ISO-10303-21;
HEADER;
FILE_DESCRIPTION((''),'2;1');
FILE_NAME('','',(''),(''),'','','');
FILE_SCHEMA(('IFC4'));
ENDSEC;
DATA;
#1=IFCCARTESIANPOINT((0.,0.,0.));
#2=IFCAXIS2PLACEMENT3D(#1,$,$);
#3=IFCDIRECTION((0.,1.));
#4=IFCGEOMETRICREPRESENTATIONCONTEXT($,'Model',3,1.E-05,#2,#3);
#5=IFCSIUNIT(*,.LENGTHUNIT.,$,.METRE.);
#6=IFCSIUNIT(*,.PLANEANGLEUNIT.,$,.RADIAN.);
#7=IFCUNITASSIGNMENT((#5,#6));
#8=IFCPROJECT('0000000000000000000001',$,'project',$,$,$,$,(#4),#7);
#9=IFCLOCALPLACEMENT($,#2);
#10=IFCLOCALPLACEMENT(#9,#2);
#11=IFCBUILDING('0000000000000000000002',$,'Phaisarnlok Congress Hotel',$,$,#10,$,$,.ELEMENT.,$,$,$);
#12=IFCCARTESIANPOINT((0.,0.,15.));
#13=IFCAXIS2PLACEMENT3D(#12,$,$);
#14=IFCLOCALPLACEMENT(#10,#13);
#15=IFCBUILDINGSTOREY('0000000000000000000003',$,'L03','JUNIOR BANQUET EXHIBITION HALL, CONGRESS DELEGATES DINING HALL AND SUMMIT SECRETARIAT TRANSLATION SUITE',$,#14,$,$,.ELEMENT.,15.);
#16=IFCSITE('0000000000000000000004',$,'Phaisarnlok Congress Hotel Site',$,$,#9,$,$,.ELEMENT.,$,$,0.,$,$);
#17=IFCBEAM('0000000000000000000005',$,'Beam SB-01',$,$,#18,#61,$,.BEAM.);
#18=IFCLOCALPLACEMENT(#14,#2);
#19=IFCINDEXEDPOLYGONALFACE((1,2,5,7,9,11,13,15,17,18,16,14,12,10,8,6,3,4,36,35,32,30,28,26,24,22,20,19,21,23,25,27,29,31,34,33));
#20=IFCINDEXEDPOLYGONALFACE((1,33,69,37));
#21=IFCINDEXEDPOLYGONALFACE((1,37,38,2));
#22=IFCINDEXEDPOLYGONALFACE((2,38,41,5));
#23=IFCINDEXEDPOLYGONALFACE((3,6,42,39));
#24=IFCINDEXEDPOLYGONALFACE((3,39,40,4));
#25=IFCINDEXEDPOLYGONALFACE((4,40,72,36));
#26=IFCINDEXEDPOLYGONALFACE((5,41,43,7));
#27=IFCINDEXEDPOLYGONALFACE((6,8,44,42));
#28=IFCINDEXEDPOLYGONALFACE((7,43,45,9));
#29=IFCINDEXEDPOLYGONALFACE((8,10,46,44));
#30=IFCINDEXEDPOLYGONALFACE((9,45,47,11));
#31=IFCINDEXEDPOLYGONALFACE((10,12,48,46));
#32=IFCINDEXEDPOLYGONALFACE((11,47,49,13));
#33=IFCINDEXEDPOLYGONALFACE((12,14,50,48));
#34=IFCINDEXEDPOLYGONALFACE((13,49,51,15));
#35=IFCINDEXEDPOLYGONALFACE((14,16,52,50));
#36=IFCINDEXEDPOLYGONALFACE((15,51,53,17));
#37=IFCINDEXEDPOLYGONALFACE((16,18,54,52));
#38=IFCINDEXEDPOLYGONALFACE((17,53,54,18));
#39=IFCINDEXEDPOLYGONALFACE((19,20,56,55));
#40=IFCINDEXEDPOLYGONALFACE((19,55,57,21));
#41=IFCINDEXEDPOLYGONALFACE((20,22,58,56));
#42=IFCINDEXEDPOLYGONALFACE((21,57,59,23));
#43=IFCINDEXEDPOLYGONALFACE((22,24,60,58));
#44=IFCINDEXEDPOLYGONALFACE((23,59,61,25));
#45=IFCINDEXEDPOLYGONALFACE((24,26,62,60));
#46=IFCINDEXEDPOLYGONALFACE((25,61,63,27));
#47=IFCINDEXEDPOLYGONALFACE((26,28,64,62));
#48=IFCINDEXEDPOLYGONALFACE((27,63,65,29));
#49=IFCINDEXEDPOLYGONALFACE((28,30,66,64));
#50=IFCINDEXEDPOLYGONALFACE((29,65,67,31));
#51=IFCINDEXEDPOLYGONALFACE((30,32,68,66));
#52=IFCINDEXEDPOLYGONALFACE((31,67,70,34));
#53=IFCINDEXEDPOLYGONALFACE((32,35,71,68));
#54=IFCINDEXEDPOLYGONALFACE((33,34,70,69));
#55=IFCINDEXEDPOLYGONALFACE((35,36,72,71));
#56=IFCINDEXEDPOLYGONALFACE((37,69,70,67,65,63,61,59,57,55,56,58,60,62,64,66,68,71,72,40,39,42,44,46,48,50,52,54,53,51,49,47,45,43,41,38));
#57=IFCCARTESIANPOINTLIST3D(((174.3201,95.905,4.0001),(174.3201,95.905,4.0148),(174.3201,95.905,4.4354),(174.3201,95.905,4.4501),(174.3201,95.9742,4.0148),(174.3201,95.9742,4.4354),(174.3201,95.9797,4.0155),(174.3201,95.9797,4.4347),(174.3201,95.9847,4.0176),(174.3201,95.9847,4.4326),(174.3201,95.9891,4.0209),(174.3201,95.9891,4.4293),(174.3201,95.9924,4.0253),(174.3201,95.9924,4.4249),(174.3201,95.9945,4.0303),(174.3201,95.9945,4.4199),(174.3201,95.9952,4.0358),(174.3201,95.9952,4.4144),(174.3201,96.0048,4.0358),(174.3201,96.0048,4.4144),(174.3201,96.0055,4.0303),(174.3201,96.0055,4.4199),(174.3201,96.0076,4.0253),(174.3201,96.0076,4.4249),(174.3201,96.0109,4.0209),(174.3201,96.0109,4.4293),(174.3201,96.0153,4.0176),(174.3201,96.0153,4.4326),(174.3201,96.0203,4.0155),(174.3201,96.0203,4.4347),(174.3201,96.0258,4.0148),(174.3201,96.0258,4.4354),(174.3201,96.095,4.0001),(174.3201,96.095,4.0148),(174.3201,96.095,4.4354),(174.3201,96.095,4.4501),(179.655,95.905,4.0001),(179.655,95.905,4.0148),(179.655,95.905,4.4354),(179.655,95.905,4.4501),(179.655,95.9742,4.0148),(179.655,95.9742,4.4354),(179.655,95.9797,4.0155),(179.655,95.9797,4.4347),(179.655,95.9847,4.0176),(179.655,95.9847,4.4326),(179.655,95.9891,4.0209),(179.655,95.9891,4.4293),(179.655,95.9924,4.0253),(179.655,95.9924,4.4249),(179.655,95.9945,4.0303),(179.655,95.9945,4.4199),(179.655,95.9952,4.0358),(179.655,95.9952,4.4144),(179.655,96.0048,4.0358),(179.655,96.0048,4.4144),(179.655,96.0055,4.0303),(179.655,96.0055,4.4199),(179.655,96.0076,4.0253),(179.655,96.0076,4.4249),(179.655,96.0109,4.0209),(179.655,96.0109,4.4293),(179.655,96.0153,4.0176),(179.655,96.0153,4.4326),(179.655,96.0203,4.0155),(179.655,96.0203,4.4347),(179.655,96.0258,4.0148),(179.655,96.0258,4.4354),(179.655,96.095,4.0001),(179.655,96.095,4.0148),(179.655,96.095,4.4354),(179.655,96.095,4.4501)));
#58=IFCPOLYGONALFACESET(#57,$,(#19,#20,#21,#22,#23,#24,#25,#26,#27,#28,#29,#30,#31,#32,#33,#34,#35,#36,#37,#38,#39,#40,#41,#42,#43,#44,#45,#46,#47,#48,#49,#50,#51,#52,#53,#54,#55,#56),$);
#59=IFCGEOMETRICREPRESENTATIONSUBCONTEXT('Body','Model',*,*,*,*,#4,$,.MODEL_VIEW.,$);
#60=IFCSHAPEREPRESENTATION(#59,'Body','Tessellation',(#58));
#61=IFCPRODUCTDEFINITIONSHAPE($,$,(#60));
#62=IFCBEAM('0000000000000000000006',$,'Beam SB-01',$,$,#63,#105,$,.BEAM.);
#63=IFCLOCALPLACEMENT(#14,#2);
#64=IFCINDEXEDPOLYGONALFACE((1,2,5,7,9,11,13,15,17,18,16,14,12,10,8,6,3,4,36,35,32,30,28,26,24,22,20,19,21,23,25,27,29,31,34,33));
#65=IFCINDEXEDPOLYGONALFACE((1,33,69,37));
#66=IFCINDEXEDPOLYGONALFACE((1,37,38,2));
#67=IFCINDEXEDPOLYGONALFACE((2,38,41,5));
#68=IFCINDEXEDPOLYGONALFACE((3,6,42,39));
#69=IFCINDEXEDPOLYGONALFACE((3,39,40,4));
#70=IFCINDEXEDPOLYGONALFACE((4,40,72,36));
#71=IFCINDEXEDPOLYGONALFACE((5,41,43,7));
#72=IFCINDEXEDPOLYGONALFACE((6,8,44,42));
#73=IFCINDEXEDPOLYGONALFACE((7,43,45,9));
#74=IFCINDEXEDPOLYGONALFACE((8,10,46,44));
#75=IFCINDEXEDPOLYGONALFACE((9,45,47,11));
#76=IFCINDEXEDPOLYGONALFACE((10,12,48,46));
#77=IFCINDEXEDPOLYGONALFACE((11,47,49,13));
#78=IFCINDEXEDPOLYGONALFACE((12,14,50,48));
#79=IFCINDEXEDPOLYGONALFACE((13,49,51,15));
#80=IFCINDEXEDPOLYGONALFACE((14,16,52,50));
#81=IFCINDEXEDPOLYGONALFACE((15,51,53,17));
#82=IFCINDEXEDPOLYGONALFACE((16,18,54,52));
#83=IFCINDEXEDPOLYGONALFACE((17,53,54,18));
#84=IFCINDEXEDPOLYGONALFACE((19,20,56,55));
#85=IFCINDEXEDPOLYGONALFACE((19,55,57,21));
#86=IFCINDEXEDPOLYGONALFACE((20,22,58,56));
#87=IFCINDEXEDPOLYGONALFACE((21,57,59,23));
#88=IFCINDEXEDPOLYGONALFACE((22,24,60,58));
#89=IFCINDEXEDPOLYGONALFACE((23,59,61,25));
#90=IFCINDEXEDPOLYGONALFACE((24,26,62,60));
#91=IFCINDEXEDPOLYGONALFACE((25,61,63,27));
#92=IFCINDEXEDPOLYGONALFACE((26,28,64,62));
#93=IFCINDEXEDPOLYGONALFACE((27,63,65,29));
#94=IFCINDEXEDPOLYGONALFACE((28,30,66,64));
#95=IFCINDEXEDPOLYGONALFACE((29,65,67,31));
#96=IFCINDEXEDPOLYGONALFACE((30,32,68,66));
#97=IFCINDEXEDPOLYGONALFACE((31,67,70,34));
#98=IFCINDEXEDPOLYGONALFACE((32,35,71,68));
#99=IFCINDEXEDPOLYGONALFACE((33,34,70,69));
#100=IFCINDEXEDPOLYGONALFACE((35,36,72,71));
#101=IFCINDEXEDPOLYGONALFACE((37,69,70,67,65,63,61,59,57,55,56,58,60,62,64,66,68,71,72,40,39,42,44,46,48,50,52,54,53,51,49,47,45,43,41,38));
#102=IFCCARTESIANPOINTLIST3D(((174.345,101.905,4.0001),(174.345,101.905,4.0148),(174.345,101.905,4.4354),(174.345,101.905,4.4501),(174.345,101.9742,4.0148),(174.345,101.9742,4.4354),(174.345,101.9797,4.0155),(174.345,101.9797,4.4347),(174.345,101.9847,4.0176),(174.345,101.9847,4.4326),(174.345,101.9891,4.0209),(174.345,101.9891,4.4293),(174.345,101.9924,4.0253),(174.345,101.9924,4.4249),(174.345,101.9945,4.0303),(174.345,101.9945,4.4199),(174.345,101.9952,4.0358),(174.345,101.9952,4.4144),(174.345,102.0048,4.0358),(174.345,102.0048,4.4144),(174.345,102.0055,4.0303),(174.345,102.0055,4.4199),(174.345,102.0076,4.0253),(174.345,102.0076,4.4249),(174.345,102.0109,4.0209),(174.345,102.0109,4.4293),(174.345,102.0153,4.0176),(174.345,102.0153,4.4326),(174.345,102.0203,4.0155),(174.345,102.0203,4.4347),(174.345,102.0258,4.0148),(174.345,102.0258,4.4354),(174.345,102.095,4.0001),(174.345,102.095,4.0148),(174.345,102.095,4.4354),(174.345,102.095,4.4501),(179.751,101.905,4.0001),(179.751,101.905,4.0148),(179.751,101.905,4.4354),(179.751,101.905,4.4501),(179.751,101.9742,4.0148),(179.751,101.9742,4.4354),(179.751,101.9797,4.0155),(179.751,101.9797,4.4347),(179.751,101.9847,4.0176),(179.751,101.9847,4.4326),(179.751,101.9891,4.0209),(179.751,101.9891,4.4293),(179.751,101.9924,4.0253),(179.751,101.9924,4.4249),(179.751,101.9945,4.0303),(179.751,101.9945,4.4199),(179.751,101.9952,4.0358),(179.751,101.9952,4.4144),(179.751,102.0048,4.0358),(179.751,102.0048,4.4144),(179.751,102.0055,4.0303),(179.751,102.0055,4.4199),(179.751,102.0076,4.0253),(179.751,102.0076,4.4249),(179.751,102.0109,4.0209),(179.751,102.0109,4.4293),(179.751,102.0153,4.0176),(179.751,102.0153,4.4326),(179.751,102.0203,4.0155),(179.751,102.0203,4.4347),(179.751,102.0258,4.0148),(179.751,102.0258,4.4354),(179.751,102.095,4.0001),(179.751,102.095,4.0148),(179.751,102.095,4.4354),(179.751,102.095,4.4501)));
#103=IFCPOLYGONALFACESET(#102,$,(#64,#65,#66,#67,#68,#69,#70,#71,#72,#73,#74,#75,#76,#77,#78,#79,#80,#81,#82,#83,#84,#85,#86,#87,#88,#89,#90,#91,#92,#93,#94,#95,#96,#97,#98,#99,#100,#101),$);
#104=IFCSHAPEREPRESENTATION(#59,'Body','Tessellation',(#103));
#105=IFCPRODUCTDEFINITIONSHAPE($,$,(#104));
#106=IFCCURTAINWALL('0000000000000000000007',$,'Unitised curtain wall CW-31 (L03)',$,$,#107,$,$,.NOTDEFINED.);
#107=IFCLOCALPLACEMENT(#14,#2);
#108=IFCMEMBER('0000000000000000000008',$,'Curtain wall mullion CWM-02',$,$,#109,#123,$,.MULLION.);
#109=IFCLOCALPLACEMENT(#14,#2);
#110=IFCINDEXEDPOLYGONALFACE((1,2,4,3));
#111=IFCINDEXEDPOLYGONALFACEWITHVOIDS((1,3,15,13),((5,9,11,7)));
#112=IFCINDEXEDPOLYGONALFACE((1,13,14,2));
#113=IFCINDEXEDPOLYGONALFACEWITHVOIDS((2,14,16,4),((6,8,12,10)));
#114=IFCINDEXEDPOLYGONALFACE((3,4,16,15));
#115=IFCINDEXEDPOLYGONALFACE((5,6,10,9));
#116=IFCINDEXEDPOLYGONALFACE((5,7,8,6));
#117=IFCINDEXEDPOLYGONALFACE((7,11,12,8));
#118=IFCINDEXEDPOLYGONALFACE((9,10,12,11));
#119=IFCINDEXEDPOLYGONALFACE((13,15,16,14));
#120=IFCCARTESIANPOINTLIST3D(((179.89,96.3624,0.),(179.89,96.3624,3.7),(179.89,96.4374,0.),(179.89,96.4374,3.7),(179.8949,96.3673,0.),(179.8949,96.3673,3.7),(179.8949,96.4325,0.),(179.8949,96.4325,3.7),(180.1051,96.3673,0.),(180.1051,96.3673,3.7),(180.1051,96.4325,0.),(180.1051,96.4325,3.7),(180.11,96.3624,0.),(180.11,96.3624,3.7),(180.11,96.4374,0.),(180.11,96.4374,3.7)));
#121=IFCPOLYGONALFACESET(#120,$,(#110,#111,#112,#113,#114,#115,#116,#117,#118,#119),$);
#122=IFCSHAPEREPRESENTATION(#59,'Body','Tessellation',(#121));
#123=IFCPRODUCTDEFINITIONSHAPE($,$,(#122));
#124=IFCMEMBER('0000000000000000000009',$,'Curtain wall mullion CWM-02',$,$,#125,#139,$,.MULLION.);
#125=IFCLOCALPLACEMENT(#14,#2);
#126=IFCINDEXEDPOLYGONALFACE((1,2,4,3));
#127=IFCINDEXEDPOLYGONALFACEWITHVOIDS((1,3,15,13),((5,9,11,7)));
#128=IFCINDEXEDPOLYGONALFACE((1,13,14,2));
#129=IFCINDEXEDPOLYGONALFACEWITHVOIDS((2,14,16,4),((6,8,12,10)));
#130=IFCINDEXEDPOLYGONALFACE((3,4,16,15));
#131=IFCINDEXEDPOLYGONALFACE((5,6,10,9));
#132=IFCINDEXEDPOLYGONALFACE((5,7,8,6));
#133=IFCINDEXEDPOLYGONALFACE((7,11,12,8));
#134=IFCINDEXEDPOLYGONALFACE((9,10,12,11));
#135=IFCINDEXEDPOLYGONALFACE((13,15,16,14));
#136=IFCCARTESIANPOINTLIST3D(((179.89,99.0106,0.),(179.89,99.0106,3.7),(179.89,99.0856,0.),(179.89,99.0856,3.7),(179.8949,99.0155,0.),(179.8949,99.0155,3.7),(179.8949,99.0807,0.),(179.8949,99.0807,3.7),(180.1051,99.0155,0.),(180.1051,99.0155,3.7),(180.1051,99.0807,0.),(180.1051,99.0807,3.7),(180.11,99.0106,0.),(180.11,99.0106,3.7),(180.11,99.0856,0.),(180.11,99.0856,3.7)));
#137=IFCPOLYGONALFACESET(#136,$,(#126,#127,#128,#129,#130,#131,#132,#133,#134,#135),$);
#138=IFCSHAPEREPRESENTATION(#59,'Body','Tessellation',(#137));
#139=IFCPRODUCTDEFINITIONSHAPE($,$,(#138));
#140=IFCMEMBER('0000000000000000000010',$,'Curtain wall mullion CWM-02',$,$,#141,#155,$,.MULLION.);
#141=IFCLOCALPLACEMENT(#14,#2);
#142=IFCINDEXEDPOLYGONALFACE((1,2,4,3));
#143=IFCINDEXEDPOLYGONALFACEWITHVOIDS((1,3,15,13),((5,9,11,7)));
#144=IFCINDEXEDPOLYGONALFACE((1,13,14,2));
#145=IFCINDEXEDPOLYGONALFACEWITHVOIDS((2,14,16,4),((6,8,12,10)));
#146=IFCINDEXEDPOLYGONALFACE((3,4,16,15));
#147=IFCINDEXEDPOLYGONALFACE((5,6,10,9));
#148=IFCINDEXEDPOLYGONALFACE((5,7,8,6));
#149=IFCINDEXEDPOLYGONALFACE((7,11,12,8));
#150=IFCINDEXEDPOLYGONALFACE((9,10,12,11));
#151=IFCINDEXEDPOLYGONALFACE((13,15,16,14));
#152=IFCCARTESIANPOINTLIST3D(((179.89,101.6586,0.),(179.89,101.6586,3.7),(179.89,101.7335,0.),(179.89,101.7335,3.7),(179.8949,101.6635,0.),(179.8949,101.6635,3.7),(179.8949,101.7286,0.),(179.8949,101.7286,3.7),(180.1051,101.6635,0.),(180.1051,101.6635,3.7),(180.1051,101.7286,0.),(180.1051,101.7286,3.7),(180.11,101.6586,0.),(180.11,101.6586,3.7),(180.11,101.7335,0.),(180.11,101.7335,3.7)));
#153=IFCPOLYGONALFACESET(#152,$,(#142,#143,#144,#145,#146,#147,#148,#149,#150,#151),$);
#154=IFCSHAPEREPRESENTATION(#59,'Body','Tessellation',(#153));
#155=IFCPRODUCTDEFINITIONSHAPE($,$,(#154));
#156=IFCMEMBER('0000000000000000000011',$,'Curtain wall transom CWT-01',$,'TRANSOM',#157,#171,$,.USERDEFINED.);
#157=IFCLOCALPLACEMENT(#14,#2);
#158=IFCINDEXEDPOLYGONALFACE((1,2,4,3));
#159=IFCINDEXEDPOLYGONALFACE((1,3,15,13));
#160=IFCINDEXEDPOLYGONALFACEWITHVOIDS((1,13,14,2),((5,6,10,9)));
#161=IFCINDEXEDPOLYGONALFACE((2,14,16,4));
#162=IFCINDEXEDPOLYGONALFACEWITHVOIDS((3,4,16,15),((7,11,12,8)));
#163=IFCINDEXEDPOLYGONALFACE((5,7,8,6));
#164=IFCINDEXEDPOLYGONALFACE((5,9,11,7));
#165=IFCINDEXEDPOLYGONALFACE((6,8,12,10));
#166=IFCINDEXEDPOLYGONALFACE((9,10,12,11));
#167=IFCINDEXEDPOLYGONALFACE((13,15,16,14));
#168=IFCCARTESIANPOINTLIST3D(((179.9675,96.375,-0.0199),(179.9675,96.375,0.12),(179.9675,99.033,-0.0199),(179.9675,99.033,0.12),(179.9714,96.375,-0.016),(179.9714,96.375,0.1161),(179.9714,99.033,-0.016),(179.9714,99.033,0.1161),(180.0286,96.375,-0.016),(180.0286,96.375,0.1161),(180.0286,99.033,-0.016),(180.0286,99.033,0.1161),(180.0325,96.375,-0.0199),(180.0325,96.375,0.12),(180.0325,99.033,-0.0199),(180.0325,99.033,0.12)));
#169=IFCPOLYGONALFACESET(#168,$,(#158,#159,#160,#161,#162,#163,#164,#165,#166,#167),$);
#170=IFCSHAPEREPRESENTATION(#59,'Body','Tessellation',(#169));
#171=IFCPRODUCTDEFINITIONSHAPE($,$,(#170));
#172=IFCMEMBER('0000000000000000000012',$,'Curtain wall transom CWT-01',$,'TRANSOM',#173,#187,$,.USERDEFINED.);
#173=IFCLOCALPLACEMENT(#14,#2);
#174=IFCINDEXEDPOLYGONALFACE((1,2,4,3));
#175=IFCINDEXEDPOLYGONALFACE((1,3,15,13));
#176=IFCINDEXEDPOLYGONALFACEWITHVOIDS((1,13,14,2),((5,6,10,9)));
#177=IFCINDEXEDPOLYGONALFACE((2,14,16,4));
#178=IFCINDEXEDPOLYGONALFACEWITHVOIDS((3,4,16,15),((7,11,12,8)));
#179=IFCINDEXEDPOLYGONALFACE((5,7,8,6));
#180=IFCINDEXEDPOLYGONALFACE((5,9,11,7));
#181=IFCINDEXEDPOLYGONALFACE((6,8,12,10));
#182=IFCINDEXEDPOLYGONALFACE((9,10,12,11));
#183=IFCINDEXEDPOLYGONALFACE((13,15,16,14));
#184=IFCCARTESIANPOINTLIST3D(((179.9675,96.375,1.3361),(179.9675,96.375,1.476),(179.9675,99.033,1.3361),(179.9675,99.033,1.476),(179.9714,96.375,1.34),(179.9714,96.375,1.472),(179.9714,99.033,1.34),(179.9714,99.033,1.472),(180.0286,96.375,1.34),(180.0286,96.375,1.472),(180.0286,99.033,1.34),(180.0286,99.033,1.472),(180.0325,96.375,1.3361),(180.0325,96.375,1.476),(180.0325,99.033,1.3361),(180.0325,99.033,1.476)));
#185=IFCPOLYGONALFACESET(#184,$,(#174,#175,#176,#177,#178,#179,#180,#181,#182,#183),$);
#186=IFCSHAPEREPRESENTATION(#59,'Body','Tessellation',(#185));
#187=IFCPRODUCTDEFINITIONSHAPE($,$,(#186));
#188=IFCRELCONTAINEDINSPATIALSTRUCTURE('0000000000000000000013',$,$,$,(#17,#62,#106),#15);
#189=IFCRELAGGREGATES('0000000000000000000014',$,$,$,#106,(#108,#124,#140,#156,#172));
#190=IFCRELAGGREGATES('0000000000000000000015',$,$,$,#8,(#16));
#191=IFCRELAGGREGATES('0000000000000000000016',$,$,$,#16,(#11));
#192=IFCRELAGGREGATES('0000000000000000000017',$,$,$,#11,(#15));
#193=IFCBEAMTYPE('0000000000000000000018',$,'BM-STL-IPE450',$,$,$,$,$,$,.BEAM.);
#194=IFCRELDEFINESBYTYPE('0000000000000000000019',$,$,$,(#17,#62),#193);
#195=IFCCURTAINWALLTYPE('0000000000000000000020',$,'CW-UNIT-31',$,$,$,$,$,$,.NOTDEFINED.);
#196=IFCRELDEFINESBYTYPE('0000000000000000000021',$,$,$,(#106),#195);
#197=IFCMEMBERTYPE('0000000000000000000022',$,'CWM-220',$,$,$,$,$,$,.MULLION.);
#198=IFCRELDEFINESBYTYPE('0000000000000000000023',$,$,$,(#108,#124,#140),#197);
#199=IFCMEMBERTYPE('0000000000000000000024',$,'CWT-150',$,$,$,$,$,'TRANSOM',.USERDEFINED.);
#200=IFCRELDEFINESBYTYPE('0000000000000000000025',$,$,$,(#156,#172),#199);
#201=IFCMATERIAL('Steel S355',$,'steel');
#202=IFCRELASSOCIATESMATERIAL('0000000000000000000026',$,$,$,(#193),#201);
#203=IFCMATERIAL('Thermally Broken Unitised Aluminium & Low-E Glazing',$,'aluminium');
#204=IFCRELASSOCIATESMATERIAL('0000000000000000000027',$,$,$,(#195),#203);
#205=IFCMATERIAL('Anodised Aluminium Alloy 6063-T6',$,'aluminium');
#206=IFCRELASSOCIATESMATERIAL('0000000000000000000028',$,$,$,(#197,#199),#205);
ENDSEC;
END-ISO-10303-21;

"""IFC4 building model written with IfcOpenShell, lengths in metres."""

from ifc_helpers import new_model, si_unit, direction, frame, origin, origin_2d, place, context, subcontext, project, spatial, hollow_rectangle, i_section, extrude, material, material_profile, profile_set, type_object, element, aggregate, save


model = new_model("IFC4")

# Units and contexts
model_context = context("Model", 3, precision=1e-05, world=origin(), true_north=direction((0.0, 1.0)))
body_context = subcontext(model_context, "Body", "Model", "MODEL_VIEW")
ifc_project = project(units=[si_unit("LENGTHUNIT", "METRE"), si_unit("PLANEANGLEUNIT", "RADIAN")], contexts=[model_context])

# Site, building, storey
site_placement = place(None, origin())
site = spatial("IfcSite", under=ifc_project, at=site_placement, Name="Phaisarnlok Congress Hotel Site", CompositionType="ELEMENT", RefElevation=0.0)
building_placement = place(site_placement, origin())
building = spatial("IfcBuilding", under=site, at=building_placement, Name="Phaisarnlok Congress Hotel", CompositionType="ELEMENT")
storey_placement = place(building_placement, frame((0.0, 0.0, 15.0)))
storey = spatial("IfcBuildingStorey", under=building, at=storey_placement, Name="L03", Description="JUNIOR BANQUET EXHIBITION HALL, CONGRESS DELEGATES DINING HALL AND SUMMIT SECRETARIAT TRANSLATION SUITE", CompositionType="ELEMENT", Elevation=15.0)

# Beams
ifc_material_1 = material(Name="Steel S355", Category="steel")
ifc_material_profile_1 = material_profile(ifc_material_1, i_section(OverallWidth=0.1899, OverallDepth=0.45, WebThickness=0.0095, FlangeThickness=0.0146, FilletRadius=0.021, at=origin_2d()), Name="IPE 450")
ifc_profile_set_1 = profile_set([ifc_material_profile_1], Name="Steel S355")
beam_type_1 = type_object("IfcBeamType", Name="BM-STL-IPE450", PredefinedType="BEAM", material=ifc_profile_set_1)
beam_1_placement = place(storey_placement, frame((174.3201, 96.0, 4.2251), z_axis=(1.0, 0.0, 0.0), x_axis=(0.0, 1.0, 0.0)))
element("IfcBeam", 1, at=beam_1_placement, inside=storey, type_object=beam_type_1, Name="Beam SB-01", PredefinedType="BEAM", context=body_context, shape_type="SweptSolid", body=[
    extrude(i_section(OverallWidth=0.1899, OverallDepth=0.45, WebThickness=0.0095, FlangeThickness=0.0146, FilletRadius=0.021, at=origin_2d()), origin(), (0.0, 0.0, 1.0), 5.335),
])
beam_2_placement = place(storey_placement, frame((174.345, 102.0, 4.2251), z_axis=(1.0, 0.0, 0.0), x_axis=(0.0, 1.0, 0.0)))
element("IfcBeam", 2, at=beam_2_placement, inside=storey, type_object=beam_type_1, Name="Beam SB-01", PredefinedType="BEAM", context=body_context, shape_type="SweptSolid", body=[
    extrude(i_section(OverallWidth=0.1899, OverallDepth=0.45, WebThickness=0.0095, FlangeThickness=0.0146, FilletRadius=0.021, at=origin_2d()), origin(), (0.0, 0.0, 1.0), 5.406),
])

# Curtain wall, members
ifc_material_2 = material(Name="Thermally Broken Unitised Aluminium & Low-E Glazing", Category="aluminium")
curtain_wall_type = type_object("IfcCurtainWallType", Name="CW-UNIT-31", PredefinedType="NOTDEFINED", material=ifc_material_2)
curtain_wall_placement = place(storey_placement, origin())
curtain_wall = element("IfcCurtainWall", 3, at=curtain_wall_placement, inside=storey, type_object=curtain_wall_type, Name="Unitised curtain wall CW-31 (L03)", PredefinedType="NOTDEFINED")
ifc_material_3 = material(Name="Anodised Aluminium Alloy 6063-T6", Category="aluminium")
ifc_material_profile_2 = material_profile(ifc_material_3, hollow_rectangle(XDim=0.075, YDim=0.22, WallThickness=0.0049, at=origin_2d()), Name="ALU-M 75x220x5")
ifc_profile_set_2 = profile_set([ifc_material_profile_2], Name="Anodised Aluminium Alloy 6063-T6")
member_type_1 = type_object("IfcMemberType", Name="CWM-220", PredefinedType="MULLION", material=ifc_profile_set_2)
member_1_placement = place(storey_placement, frame((180.0, 96.3999, 0.0), z_axis=(0.0, 0.0, 1.0), x_axis=(0.0, 1.0, 0.0)))
member_1 = element("IfcMember", 4, at=member_1_placement, type_object=member_type_1, Name="Curtain wall mullion CWM-02", PredefinedType="MULLION", context=body_context, shape_type="SweptSolid", body=[
    extrude(hollow_rectangle(XDim=0.075, YDim=0.22, WallThickness=0.0049, at=origin_2d()), origin(), (0.0, 0.0, 1.0), 3.7),
])
member_2_placement = place(storey_placement, frame((180.0, 99.0481, 0.0), z_axis=(0.0, 0.0, 1.0), x_axis=(0.0, 1.0, 0.0)))
member_2 = element("IfcMember", 5, at=member_2_placement, type_object=member_type_1, Name="Curtain wall mullion CWM-02", PredefinedType="MULLION", context=body_context, shape_type="SweptSolid", body=[
    extrude(hollow_rectangle(XDim=0.075, YDim=0.22, WallThickness=0.0049, at=origin_2d()), origin(), (0.0, 0.0, 1.0), 3.7),
])
member_3_placement = place(storey_placement, frame((180.0, 101.696, 0.0), z_axis=(0.0, 0.0, 1.0), x_axis=(0.0, 1.0, 0.0)))
member_3 = element("IfcMember", 6, at=member_3_placement, type_object=member_type_1, Name="Curtain wall mullion CWM-02", PredefinedType="MULLION", context=body_context, shape_type="SweptSolid", body=[
    extrude(hollow_rectangle(XDim=0.075, YDim=0.22, WallThickness=0.0049, at=origin_2d()), origin(), (0.0, 0.0, 1.0), 3.7),
])
ifc_material_profile_3 = material_profile(ifc_material_3, hollow_rectangle(XDim=0.0649, YDim=0.1399, WallThickness=0.0039, at=origin_2d()), Name="ALU-T 65x140x4")
ifc_profile_set_3 = profile_set([ifc_material_profile_3], Name="Anodised Aluminium Alloy 6063-T6")
member_type_2 = type_object("IfcMemberType", Name="CWT-150", ElementType="TRANSOM", PredefinedType="USERDEFINED", material=ifc_profile_set_3)
member_4_placement = place(storey_placement, frame((180.0, 96.375, 0.05), z_axis=(0.0, 1.0, 0.0), x_axis=(-1.0, 0.0, 0.0)))
member_4 = element("IfcMember", 7, at=member_4_placement, type_object=member_type_2, Name="Curtain wall transom CWT-01", ObjectType="TRANSOM", PredefinedType="USERDEFINED", context=body_context, shape_type="SweptSolid", body=[
    extrude(hollow_rectangle(XDim=0.0649, YDim=0.1399, WallThickness=0.0039, at=origin_2d()), origin(), (0.0, 0.0, 1.0), 2.658),
])
member_5_placement = place(storey_placement, frame((180.0, 96.375, 1.406), z_axis=(0.0, 1.0, 0.0), x_axis=(-1.0, 0.0, 0.0)))
member_5 = element("IfcMember", 8, at=member_5_placement, type_object=member_type_2, Name="Curtain wall transom CWT-01", ObjectType="TRANSOM", PredefinedType="USERDEFINED", context=body_context, shape_type="SweptSolid", body=[
    extrude(hollow_rectangle(XDim=0.0649, YDim=0.1399, WallThickness=0.0039, at=origin_2d()), origin(), (0.0, 0.0, 1.0), 2.658),
])

aggregate(curtain_wall, [member_1, member_2, member_3, member_4, member_5])

save(model, "model.ifc")
